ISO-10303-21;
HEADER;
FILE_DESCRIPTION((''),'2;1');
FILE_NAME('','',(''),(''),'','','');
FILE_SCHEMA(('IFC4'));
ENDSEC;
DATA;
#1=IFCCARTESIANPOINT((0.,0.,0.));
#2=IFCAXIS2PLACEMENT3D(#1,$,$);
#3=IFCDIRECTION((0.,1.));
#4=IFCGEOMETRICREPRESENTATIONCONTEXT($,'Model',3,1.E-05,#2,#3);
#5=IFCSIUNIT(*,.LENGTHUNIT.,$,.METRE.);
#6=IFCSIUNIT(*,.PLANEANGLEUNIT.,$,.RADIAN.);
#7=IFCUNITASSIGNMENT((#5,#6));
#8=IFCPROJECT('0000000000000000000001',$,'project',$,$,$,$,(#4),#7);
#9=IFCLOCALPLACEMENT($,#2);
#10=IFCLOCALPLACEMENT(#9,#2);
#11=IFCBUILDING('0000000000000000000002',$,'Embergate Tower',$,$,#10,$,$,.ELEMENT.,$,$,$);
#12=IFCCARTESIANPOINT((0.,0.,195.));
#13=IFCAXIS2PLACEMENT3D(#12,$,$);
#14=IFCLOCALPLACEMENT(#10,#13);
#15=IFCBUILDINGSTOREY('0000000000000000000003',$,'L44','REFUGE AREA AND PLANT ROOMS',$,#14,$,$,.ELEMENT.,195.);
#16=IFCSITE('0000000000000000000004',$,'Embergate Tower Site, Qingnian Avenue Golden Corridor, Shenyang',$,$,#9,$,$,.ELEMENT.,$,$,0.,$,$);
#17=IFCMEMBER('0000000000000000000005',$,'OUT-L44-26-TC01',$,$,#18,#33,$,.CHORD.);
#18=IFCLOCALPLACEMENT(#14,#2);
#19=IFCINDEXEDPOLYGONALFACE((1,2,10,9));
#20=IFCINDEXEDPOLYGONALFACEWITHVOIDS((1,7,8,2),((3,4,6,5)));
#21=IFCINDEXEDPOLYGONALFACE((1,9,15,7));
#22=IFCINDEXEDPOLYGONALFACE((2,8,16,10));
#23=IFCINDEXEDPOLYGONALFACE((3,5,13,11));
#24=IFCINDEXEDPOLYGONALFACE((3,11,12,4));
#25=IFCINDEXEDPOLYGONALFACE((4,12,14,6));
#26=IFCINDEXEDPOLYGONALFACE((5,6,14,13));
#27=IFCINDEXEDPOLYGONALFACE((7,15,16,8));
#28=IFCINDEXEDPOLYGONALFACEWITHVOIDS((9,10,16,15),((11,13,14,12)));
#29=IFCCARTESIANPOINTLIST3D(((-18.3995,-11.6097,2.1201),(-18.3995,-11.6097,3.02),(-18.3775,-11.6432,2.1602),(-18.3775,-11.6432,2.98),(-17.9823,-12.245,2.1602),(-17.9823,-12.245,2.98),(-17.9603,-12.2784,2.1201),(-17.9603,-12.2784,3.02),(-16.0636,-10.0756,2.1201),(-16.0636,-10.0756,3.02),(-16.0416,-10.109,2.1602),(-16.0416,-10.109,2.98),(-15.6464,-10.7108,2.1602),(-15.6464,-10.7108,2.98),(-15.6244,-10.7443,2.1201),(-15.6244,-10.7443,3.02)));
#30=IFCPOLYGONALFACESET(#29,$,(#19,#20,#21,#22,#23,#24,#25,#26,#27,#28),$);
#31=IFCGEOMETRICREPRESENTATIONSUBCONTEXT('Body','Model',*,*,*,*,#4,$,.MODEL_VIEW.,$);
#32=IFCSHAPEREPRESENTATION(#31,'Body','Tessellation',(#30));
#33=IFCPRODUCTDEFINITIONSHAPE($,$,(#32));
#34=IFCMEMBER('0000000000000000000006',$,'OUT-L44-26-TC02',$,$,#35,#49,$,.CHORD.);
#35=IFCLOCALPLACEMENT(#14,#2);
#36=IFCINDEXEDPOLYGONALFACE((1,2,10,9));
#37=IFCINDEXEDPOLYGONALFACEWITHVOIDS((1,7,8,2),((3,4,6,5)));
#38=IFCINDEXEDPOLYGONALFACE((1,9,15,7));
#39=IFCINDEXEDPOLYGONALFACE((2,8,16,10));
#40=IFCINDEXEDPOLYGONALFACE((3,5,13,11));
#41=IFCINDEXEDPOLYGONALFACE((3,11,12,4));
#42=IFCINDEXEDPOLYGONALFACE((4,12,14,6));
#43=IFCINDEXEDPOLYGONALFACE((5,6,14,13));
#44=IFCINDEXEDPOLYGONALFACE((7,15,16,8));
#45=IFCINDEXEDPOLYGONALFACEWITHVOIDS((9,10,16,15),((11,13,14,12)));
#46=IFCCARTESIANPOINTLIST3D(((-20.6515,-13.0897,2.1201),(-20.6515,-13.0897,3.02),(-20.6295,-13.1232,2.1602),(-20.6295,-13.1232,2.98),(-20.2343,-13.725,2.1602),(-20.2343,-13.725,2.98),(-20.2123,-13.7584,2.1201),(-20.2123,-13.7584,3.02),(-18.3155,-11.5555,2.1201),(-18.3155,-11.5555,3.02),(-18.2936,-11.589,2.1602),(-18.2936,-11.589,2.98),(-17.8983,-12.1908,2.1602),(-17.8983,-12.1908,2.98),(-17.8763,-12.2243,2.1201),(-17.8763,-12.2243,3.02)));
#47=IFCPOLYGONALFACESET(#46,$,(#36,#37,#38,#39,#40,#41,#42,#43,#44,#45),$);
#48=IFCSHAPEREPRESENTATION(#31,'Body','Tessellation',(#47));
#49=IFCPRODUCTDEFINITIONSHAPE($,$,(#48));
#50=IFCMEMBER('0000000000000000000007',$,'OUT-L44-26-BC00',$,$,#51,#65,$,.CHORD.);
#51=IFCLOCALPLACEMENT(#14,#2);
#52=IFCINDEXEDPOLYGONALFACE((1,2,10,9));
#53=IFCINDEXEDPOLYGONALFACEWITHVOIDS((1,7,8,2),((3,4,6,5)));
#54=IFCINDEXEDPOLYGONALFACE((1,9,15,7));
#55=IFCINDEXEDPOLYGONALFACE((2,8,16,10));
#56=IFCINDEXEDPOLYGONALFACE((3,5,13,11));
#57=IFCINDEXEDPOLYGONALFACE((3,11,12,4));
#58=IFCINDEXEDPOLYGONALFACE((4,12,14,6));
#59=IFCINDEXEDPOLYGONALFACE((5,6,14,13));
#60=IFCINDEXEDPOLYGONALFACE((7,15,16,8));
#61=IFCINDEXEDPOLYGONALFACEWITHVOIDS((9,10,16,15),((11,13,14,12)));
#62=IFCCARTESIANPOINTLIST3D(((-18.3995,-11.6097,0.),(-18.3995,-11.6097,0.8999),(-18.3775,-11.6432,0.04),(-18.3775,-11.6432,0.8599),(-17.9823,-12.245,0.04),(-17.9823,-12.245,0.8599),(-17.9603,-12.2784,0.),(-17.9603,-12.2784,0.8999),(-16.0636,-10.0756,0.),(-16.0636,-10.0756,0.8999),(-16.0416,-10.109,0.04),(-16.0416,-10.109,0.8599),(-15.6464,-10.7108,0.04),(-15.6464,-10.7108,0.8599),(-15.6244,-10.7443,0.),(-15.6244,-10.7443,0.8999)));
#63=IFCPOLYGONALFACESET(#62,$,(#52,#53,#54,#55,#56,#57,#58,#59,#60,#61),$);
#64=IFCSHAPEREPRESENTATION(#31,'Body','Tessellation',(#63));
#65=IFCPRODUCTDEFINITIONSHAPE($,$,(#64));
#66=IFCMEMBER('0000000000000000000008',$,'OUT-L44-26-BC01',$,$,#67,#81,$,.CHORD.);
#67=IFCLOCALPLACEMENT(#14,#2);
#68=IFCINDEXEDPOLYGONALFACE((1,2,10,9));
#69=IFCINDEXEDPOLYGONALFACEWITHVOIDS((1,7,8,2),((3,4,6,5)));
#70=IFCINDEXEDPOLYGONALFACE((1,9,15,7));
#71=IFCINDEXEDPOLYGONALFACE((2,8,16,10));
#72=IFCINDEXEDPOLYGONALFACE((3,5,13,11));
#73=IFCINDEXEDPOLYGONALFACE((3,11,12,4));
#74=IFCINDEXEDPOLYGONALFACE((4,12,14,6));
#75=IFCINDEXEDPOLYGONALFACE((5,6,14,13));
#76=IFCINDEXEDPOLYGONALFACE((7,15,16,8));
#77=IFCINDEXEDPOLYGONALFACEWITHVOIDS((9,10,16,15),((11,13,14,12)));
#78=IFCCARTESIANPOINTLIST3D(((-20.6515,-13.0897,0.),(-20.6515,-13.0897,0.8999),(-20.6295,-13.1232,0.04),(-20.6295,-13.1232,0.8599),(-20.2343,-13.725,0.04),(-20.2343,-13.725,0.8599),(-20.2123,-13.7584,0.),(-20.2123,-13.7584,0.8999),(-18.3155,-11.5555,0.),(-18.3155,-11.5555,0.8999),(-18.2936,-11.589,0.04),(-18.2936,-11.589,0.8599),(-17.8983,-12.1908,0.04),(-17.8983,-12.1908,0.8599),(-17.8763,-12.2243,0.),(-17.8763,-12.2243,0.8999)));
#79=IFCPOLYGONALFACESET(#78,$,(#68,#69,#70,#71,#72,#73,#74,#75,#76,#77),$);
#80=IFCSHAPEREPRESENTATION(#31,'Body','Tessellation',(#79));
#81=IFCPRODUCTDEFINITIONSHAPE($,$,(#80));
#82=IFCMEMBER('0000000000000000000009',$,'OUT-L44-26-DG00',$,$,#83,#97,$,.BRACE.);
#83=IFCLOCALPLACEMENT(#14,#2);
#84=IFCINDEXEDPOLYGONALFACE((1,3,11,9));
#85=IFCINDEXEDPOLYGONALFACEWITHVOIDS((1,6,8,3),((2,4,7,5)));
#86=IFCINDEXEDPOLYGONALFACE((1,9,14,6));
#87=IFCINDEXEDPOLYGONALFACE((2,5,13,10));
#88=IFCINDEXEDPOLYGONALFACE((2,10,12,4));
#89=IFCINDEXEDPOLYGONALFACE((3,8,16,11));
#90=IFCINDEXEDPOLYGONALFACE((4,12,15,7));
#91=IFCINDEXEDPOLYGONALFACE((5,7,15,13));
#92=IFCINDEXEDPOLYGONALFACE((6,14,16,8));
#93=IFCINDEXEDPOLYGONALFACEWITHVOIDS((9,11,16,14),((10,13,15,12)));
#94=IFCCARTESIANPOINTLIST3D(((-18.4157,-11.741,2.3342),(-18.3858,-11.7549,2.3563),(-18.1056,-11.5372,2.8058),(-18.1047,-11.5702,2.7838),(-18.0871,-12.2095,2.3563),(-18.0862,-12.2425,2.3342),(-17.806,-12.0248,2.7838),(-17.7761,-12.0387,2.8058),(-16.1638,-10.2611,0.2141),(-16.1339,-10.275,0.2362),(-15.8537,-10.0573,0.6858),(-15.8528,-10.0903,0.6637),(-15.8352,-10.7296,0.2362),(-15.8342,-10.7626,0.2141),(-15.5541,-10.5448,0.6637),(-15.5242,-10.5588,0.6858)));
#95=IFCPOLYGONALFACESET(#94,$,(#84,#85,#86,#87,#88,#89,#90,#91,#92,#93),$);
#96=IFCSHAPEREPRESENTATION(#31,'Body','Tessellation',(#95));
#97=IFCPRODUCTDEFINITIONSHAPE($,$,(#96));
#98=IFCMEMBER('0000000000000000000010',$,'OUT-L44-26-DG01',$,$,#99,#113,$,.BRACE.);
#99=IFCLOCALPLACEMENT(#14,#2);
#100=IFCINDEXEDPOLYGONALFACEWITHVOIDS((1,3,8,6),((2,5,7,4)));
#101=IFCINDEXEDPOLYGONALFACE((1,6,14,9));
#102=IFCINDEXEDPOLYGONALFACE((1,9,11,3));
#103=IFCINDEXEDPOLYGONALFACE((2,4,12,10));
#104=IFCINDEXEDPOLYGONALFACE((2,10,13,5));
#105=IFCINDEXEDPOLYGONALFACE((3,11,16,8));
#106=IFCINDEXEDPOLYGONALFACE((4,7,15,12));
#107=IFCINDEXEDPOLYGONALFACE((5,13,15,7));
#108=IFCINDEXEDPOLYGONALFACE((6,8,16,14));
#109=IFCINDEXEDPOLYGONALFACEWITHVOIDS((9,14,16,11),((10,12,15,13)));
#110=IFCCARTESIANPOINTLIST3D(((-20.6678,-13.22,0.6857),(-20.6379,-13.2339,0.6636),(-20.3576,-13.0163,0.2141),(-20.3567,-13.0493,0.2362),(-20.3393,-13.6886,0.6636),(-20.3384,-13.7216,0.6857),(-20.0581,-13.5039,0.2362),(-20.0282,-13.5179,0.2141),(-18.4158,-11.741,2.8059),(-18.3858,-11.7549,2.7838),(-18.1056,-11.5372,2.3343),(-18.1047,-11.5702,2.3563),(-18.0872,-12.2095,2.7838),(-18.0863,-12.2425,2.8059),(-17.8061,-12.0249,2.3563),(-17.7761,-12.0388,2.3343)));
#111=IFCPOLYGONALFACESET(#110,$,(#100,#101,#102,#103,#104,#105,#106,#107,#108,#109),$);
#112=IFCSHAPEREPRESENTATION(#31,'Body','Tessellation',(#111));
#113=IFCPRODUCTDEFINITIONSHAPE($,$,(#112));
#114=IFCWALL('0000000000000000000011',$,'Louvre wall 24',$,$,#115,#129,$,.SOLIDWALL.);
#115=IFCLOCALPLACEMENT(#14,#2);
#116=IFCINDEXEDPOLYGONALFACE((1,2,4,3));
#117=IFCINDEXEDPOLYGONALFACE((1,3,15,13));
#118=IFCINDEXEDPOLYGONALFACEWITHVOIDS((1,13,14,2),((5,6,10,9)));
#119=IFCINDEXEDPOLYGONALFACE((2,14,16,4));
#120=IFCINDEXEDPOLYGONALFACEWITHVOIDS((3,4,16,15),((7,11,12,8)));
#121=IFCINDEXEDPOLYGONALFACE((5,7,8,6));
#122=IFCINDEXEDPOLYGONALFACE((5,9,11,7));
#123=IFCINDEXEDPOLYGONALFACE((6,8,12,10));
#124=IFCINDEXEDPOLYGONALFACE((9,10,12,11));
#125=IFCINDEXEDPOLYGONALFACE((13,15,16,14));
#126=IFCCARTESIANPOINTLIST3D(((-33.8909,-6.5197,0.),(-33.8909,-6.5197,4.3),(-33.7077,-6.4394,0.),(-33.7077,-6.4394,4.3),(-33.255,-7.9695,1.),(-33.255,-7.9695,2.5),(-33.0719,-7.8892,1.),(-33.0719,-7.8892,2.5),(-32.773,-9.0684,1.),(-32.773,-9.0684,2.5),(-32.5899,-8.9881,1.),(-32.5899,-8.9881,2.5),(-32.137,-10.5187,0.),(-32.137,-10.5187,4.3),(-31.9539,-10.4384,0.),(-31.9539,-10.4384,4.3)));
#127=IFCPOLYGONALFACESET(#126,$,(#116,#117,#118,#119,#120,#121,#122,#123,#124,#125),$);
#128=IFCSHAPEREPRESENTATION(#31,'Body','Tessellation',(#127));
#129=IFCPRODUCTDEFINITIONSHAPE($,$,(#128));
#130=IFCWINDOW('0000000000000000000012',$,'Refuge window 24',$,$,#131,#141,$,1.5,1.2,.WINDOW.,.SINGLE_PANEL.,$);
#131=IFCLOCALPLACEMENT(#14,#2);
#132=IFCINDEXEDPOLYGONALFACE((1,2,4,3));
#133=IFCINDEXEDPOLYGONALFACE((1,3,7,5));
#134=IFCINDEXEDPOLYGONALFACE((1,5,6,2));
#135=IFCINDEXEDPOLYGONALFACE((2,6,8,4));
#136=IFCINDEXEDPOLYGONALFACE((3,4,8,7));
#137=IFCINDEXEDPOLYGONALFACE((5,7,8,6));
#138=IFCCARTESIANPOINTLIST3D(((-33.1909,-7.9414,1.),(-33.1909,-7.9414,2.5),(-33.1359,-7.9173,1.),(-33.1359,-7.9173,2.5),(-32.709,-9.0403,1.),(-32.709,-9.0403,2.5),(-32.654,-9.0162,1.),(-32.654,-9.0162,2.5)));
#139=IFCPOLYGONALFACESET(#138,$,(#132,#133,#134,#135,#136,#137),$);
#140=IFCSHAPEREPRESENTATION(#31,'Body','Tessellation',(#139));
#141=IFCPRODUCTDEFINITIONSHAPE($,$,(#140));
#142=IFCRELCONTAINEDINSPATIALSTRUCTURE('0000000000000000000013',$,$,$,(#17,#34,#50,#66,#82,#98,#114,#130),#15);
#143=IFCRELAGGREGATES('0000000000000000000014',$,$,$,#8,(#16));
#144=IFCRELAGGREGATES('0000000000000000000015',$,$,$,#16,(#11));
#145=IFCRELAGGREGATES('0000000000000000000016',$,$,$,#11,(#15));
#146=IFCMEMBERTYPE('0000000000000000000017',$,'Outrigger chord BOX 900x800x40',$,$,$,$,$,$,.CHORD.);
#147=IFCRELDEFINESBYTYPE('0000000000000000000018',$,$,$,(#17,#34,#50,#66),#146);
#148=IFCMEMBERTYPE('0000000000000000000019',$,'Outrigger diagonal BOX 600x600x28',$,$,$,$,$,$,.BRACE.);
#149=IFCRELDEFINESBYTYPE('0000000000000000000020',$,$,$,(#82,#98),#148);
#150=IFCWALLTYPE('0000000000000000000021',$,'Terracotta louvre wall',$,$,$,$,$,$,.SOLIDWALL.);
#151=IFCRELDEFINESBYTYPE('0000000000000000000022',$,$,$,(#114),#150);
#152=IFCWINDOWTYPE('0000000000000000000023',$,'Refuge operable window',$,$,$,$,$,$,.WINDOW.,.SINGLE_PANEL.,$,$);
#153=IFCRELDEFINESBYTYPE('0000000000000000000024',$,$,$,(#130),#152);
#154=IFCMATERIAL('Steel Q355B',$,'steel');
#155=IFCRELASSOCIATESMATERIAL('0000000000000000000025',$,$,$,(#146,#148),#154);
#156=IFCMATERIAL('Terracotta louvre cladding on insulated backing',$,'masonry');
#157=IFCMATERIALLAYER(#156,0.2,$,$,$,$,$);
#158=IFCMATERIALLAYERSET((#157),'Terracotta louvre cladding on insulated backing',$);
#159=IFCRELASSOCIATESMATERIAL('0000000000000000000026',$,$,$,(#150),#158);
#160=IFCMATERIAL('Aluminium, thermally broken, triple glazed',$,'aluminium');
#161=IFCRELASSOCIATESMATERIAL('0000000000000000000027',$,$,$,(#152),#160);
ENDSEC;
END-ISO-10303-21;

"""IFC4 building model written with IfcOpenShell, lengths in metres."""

from ifc_helpers import new_model, si_unit, direction, frame, frame_2d, origin, origin_2d, place, context, subcontext, project, spatial, rectangle, hollow_rectangle, extrude, source, transform, mapped, material, layer, layer_set, material_profile, profile_set, type_object, element, fill, save


model = new_model("IFC4")

# Units and contexts
model_context = context("Model", 3, precision=1e-05, world=origin(), true_north=direction((0.0, 1.0)))
body_context = subcontext(model_context, "Body", "Model", "MODEL_VIEW")
ifc_project = project(units=[si_unit("LENGTHUNIT", "METRE"), si_unit("PLANEANGLEUNIT", "RADIAN")], contexts=[model_context])

# Site, building, storey
site_placement = place(None, origin())
site = spatial("IfcSite", under=ifc_project, at=site_placement, Name="Embergate Tower Site, Qingnian Avenue Golden Corridor, Shenyang", CompositionType="ELEMENT", RefElevation=0.0)
building_placement = place(site_placement, origin())
building = spatial("IfcBuilding", under=site, at=building_placement, Name="Embergate Tower", CompositionType="ELEMENT")
storey_placement = place(building_placement, frame((0.0, 0.0, 195.0)))
storey = spatial("IfcBuildingStorey", under=building, at=storey_placement, Name="L44", Description="REFUGE AREA AND PLANT ROOMS", CompositionType="ELEMENT", Elevation=195.0)

# Members
ifc_material_1 = material(Name="Steel Q355B", Category="steel")
ifc_material_profile_1 = material_profile(ifc_material_1, hollow_rectangle(XDim=0.8, YDim=0.8999, WallThickness=0.04, at=origin_2d()), Name="BOX 900x800x40")
ifc_profile_set_1 = profile_set([ifc_material_profile_1], Name="Steel Q355 grade B")
member_type_1 = type_object("IfcMemberType", Name="Outrigger chord BOX 900x800x40", PredefinedType="CHORD", material=ifc_profile_set_1)
ifc_material_profile_2 = material_profile(ifc_material_1, hollow_rectangle(XDim=0.6001, YDim=0.6001, WallThickness=0.0281, at=origin_2d()), Name="BOX 600x600x28")
ifc_profile_set_2 = profile_set([ifc_material_profile_2], Name="Steel Q355 grade B")
member_type_2 = type_object("IfcMemberType", Name="Outrigger diagonal BOX 600x600x28", PredefinedType="BRACE", material=ifc_profile_set_2)
shared_shape_1 = source(origin(), body_context, "Body", "SweptSolid", [
    extrude(hollow_rectangle(XDim=0.8, YDim=0.8999, WallThickness=0.04, at=origin_2d()), origin(), (0.0, 0.0, 1.0), 2.7947),
])
for number, where, z_axis, x_axis, name in (
    (1, (-15.844, -10.4099, 2.5701), (-0.835847, -0.548962, 0.0), (0.548962, -0.835847, 0.0), "OUT-L44-26-TC01"),
    (2, (-18.0959, -11.8899, 2.5701), (-0.835847, -0.548962, 0.0), (0.548962, -0.835847, 0.0), "OUT-L44-26-TC02"),
    (3, (-15.844, -10.4099, 0.45), (-0.835847, -0.548962, 0.0), (0.548962, -0.835847, 0.0), "OUT-L44-26-BC00"),
    (4, (-18.0959, -11.8899, 0.45), (-0.835847, -0.548962, 0.0), (0.548962, -0.835847, 0.0), "OUT-L44-26-BC01"),
):
    element("IfcMember", number, at=place(storey_placement, frame(where, z_axis=z_axis, x_axis=x_axis)), inside=storey, type_object=member_type_1, Name=name, PredefinedType="CHORD", context=body_context, shape_type="MappedRepresentation", body=[
        mapped(shared_shape_1, transform((0.0, 0.0, 0.0))),
    ])
shared_shape_2 = source(origin(), body_context, "Body", "SweptSolid", [
    extrude(hollow_rectangle(XDim=0.6001, YDim=0.6001, WallThickness=0.0281, at=origin_2d()), origin(), (0.0, 0.0, 1.0), 3.4287),
])
member_1_placement = place(storey_placement, frame((-15.844, -10.4099, 0.45), z_axis=(-0.65678, -0.431635, 0.61833), x_axis=(0.54921, -0.835684, 0.0)))
element("IfcMember", 5, at=member_1_placement, inside=storey, type_object=member_type_2, Name="OUT-L44-26-DG00", PredefinedType="BRACE", context=body_context, shape_type="MappedRepresentation", body=[
    mapped(shared_shape_2, transform((0.0, 0.0, 0.0))),
])
shared_shape_3 = source(origin(), body_context, "Body", "SweptSolid", [
    extrude(hollow_rectangle(XDim=0.6001, YDim=0.6001, WallThickness=0.0281, at=origin_2d()), origin(), (0.0, 0.0, 1.0), 3.4285),
])
member_2_placement = place(storey_placement, frame((-18.0959, -11.8899, 2.5701), z_axis=(-0.65686, -0.431403, -0.618406), x_axis=(0.548957, -0.83585, 0.0)))
element("IfcMember", 6, at=member_2_placement, inside=storey, type_object=member_type_2, Name="OUT-L44-26-DG01", PredefinedType="BRACE", context=body_context, shape_type="MappedRepresentation", body=[
    mapped(shared_shape_3, transform((0.0, 0.0, 0.0))),
])

# Wall, opening, window
ifc_material_2 = material(Name="Terracotta louvre cladding on insulated backing", Category="masonry")
ifc_layer = layer(ifc_material_2, 0.2)
ifc_layer_set = layer_set([ifc_layer], Name="Terracotta louvre cladding on insulated backing")
wall_type = type_object("IfcWallType", Name="Terracotta louvre wall", PredefinedType="SOLIDWALL", material=ifc_layer_set)
shared_shape_4 = source(origin(), body_context, "Body", "SweptSolid", [
    extrude(rectangle(XDim=4.3667, YDim=0.2, at=frame_2d((2.1833, 0.0))), origin(), (0.0, 0.0, 1.0), 4.3),
])
wall_placement = place(storey_placement, frame((-32.0454, -10.4785, 0.0), z_axis=(0.0, 0.0, 1.0), x_axis=(-0.401652, 0.915793, 0.0)))
wall = element("IfcWall", 7, at=wall_placement, inside=storey, type_object=wall_type, Name="Louvre wall 24", PredefinedType="SOLIDWALL", context=body_context, shape_type="MappedRepresentation", body=[
    mapped(shared_shape_4, transform((0.0, 0.0, 0.0))),
])
shared_shape_5 = source(origin(), body_context, "Body", "SweptSolid", [
    extrude(rectangle(XDim=1.2, YDim=1.5, at=frame_2d((0.6001, 0.75))), frame((0.0, 0.1099, 0.0), z_axis=(0.0, -1.0, 0.0), x_axis=(1.0, 0.0, 0.0)), (0.0, 0.0, 1.0), 0.22),
])
opening_placement = place(wall_placement, frame((1.5835, 0.0, 1.0)))
opening = element("IfcOpeningElement", 8, at=opening_placement, cuts=wall, PredefinedType="OPENING", context=body_context, shape_type="MappedRepresentation", body=[
    mapped(shared_shape_5, transform((0.0, 0.0, 0.0))),
])
ifc_material_3 = material(Name="Aluminium, thermally broken, triple glazed", Category="aluminium")
window_type = type_object("IfcWindowType", Name="Refuge operable window", PartitioningType="SINGLE_PANEL", PredefinedType="WINDOW", material=ifc_material_3)
shared_shape_6 = source(origin(), body_context, "Body", "SweptSolid", [
    extrude(rectangle(XDim=1.2, YDim=1.5, at=frame_2d((0.6001, 0.75))), frame((0.0, 0.03, 0.0), z_axis=(0.0, -1.0, 0.0), x_axis=(1.0, 0.0, 0.0)), (0.0, 0.0, 1.0), 0.0601),
])
window_placement = place(opening_placement, origin())
window = element("IfcWindow", 9, at=window_placement, inside=storey, type_object=window_type, Name="Refuge window 24", OverallHeight=1.5, OverallWidth=1.2, PartitioningType="SINGLE_PANEL", PredefinedType="WINDOW", context=body_context, shape_type="MappedRepresentation", body=[
    mapped(shared_shape_6, transform((0.0, 0.0, 0.0))),
])
fill(opening, window)

save(model, "model.ifc")
